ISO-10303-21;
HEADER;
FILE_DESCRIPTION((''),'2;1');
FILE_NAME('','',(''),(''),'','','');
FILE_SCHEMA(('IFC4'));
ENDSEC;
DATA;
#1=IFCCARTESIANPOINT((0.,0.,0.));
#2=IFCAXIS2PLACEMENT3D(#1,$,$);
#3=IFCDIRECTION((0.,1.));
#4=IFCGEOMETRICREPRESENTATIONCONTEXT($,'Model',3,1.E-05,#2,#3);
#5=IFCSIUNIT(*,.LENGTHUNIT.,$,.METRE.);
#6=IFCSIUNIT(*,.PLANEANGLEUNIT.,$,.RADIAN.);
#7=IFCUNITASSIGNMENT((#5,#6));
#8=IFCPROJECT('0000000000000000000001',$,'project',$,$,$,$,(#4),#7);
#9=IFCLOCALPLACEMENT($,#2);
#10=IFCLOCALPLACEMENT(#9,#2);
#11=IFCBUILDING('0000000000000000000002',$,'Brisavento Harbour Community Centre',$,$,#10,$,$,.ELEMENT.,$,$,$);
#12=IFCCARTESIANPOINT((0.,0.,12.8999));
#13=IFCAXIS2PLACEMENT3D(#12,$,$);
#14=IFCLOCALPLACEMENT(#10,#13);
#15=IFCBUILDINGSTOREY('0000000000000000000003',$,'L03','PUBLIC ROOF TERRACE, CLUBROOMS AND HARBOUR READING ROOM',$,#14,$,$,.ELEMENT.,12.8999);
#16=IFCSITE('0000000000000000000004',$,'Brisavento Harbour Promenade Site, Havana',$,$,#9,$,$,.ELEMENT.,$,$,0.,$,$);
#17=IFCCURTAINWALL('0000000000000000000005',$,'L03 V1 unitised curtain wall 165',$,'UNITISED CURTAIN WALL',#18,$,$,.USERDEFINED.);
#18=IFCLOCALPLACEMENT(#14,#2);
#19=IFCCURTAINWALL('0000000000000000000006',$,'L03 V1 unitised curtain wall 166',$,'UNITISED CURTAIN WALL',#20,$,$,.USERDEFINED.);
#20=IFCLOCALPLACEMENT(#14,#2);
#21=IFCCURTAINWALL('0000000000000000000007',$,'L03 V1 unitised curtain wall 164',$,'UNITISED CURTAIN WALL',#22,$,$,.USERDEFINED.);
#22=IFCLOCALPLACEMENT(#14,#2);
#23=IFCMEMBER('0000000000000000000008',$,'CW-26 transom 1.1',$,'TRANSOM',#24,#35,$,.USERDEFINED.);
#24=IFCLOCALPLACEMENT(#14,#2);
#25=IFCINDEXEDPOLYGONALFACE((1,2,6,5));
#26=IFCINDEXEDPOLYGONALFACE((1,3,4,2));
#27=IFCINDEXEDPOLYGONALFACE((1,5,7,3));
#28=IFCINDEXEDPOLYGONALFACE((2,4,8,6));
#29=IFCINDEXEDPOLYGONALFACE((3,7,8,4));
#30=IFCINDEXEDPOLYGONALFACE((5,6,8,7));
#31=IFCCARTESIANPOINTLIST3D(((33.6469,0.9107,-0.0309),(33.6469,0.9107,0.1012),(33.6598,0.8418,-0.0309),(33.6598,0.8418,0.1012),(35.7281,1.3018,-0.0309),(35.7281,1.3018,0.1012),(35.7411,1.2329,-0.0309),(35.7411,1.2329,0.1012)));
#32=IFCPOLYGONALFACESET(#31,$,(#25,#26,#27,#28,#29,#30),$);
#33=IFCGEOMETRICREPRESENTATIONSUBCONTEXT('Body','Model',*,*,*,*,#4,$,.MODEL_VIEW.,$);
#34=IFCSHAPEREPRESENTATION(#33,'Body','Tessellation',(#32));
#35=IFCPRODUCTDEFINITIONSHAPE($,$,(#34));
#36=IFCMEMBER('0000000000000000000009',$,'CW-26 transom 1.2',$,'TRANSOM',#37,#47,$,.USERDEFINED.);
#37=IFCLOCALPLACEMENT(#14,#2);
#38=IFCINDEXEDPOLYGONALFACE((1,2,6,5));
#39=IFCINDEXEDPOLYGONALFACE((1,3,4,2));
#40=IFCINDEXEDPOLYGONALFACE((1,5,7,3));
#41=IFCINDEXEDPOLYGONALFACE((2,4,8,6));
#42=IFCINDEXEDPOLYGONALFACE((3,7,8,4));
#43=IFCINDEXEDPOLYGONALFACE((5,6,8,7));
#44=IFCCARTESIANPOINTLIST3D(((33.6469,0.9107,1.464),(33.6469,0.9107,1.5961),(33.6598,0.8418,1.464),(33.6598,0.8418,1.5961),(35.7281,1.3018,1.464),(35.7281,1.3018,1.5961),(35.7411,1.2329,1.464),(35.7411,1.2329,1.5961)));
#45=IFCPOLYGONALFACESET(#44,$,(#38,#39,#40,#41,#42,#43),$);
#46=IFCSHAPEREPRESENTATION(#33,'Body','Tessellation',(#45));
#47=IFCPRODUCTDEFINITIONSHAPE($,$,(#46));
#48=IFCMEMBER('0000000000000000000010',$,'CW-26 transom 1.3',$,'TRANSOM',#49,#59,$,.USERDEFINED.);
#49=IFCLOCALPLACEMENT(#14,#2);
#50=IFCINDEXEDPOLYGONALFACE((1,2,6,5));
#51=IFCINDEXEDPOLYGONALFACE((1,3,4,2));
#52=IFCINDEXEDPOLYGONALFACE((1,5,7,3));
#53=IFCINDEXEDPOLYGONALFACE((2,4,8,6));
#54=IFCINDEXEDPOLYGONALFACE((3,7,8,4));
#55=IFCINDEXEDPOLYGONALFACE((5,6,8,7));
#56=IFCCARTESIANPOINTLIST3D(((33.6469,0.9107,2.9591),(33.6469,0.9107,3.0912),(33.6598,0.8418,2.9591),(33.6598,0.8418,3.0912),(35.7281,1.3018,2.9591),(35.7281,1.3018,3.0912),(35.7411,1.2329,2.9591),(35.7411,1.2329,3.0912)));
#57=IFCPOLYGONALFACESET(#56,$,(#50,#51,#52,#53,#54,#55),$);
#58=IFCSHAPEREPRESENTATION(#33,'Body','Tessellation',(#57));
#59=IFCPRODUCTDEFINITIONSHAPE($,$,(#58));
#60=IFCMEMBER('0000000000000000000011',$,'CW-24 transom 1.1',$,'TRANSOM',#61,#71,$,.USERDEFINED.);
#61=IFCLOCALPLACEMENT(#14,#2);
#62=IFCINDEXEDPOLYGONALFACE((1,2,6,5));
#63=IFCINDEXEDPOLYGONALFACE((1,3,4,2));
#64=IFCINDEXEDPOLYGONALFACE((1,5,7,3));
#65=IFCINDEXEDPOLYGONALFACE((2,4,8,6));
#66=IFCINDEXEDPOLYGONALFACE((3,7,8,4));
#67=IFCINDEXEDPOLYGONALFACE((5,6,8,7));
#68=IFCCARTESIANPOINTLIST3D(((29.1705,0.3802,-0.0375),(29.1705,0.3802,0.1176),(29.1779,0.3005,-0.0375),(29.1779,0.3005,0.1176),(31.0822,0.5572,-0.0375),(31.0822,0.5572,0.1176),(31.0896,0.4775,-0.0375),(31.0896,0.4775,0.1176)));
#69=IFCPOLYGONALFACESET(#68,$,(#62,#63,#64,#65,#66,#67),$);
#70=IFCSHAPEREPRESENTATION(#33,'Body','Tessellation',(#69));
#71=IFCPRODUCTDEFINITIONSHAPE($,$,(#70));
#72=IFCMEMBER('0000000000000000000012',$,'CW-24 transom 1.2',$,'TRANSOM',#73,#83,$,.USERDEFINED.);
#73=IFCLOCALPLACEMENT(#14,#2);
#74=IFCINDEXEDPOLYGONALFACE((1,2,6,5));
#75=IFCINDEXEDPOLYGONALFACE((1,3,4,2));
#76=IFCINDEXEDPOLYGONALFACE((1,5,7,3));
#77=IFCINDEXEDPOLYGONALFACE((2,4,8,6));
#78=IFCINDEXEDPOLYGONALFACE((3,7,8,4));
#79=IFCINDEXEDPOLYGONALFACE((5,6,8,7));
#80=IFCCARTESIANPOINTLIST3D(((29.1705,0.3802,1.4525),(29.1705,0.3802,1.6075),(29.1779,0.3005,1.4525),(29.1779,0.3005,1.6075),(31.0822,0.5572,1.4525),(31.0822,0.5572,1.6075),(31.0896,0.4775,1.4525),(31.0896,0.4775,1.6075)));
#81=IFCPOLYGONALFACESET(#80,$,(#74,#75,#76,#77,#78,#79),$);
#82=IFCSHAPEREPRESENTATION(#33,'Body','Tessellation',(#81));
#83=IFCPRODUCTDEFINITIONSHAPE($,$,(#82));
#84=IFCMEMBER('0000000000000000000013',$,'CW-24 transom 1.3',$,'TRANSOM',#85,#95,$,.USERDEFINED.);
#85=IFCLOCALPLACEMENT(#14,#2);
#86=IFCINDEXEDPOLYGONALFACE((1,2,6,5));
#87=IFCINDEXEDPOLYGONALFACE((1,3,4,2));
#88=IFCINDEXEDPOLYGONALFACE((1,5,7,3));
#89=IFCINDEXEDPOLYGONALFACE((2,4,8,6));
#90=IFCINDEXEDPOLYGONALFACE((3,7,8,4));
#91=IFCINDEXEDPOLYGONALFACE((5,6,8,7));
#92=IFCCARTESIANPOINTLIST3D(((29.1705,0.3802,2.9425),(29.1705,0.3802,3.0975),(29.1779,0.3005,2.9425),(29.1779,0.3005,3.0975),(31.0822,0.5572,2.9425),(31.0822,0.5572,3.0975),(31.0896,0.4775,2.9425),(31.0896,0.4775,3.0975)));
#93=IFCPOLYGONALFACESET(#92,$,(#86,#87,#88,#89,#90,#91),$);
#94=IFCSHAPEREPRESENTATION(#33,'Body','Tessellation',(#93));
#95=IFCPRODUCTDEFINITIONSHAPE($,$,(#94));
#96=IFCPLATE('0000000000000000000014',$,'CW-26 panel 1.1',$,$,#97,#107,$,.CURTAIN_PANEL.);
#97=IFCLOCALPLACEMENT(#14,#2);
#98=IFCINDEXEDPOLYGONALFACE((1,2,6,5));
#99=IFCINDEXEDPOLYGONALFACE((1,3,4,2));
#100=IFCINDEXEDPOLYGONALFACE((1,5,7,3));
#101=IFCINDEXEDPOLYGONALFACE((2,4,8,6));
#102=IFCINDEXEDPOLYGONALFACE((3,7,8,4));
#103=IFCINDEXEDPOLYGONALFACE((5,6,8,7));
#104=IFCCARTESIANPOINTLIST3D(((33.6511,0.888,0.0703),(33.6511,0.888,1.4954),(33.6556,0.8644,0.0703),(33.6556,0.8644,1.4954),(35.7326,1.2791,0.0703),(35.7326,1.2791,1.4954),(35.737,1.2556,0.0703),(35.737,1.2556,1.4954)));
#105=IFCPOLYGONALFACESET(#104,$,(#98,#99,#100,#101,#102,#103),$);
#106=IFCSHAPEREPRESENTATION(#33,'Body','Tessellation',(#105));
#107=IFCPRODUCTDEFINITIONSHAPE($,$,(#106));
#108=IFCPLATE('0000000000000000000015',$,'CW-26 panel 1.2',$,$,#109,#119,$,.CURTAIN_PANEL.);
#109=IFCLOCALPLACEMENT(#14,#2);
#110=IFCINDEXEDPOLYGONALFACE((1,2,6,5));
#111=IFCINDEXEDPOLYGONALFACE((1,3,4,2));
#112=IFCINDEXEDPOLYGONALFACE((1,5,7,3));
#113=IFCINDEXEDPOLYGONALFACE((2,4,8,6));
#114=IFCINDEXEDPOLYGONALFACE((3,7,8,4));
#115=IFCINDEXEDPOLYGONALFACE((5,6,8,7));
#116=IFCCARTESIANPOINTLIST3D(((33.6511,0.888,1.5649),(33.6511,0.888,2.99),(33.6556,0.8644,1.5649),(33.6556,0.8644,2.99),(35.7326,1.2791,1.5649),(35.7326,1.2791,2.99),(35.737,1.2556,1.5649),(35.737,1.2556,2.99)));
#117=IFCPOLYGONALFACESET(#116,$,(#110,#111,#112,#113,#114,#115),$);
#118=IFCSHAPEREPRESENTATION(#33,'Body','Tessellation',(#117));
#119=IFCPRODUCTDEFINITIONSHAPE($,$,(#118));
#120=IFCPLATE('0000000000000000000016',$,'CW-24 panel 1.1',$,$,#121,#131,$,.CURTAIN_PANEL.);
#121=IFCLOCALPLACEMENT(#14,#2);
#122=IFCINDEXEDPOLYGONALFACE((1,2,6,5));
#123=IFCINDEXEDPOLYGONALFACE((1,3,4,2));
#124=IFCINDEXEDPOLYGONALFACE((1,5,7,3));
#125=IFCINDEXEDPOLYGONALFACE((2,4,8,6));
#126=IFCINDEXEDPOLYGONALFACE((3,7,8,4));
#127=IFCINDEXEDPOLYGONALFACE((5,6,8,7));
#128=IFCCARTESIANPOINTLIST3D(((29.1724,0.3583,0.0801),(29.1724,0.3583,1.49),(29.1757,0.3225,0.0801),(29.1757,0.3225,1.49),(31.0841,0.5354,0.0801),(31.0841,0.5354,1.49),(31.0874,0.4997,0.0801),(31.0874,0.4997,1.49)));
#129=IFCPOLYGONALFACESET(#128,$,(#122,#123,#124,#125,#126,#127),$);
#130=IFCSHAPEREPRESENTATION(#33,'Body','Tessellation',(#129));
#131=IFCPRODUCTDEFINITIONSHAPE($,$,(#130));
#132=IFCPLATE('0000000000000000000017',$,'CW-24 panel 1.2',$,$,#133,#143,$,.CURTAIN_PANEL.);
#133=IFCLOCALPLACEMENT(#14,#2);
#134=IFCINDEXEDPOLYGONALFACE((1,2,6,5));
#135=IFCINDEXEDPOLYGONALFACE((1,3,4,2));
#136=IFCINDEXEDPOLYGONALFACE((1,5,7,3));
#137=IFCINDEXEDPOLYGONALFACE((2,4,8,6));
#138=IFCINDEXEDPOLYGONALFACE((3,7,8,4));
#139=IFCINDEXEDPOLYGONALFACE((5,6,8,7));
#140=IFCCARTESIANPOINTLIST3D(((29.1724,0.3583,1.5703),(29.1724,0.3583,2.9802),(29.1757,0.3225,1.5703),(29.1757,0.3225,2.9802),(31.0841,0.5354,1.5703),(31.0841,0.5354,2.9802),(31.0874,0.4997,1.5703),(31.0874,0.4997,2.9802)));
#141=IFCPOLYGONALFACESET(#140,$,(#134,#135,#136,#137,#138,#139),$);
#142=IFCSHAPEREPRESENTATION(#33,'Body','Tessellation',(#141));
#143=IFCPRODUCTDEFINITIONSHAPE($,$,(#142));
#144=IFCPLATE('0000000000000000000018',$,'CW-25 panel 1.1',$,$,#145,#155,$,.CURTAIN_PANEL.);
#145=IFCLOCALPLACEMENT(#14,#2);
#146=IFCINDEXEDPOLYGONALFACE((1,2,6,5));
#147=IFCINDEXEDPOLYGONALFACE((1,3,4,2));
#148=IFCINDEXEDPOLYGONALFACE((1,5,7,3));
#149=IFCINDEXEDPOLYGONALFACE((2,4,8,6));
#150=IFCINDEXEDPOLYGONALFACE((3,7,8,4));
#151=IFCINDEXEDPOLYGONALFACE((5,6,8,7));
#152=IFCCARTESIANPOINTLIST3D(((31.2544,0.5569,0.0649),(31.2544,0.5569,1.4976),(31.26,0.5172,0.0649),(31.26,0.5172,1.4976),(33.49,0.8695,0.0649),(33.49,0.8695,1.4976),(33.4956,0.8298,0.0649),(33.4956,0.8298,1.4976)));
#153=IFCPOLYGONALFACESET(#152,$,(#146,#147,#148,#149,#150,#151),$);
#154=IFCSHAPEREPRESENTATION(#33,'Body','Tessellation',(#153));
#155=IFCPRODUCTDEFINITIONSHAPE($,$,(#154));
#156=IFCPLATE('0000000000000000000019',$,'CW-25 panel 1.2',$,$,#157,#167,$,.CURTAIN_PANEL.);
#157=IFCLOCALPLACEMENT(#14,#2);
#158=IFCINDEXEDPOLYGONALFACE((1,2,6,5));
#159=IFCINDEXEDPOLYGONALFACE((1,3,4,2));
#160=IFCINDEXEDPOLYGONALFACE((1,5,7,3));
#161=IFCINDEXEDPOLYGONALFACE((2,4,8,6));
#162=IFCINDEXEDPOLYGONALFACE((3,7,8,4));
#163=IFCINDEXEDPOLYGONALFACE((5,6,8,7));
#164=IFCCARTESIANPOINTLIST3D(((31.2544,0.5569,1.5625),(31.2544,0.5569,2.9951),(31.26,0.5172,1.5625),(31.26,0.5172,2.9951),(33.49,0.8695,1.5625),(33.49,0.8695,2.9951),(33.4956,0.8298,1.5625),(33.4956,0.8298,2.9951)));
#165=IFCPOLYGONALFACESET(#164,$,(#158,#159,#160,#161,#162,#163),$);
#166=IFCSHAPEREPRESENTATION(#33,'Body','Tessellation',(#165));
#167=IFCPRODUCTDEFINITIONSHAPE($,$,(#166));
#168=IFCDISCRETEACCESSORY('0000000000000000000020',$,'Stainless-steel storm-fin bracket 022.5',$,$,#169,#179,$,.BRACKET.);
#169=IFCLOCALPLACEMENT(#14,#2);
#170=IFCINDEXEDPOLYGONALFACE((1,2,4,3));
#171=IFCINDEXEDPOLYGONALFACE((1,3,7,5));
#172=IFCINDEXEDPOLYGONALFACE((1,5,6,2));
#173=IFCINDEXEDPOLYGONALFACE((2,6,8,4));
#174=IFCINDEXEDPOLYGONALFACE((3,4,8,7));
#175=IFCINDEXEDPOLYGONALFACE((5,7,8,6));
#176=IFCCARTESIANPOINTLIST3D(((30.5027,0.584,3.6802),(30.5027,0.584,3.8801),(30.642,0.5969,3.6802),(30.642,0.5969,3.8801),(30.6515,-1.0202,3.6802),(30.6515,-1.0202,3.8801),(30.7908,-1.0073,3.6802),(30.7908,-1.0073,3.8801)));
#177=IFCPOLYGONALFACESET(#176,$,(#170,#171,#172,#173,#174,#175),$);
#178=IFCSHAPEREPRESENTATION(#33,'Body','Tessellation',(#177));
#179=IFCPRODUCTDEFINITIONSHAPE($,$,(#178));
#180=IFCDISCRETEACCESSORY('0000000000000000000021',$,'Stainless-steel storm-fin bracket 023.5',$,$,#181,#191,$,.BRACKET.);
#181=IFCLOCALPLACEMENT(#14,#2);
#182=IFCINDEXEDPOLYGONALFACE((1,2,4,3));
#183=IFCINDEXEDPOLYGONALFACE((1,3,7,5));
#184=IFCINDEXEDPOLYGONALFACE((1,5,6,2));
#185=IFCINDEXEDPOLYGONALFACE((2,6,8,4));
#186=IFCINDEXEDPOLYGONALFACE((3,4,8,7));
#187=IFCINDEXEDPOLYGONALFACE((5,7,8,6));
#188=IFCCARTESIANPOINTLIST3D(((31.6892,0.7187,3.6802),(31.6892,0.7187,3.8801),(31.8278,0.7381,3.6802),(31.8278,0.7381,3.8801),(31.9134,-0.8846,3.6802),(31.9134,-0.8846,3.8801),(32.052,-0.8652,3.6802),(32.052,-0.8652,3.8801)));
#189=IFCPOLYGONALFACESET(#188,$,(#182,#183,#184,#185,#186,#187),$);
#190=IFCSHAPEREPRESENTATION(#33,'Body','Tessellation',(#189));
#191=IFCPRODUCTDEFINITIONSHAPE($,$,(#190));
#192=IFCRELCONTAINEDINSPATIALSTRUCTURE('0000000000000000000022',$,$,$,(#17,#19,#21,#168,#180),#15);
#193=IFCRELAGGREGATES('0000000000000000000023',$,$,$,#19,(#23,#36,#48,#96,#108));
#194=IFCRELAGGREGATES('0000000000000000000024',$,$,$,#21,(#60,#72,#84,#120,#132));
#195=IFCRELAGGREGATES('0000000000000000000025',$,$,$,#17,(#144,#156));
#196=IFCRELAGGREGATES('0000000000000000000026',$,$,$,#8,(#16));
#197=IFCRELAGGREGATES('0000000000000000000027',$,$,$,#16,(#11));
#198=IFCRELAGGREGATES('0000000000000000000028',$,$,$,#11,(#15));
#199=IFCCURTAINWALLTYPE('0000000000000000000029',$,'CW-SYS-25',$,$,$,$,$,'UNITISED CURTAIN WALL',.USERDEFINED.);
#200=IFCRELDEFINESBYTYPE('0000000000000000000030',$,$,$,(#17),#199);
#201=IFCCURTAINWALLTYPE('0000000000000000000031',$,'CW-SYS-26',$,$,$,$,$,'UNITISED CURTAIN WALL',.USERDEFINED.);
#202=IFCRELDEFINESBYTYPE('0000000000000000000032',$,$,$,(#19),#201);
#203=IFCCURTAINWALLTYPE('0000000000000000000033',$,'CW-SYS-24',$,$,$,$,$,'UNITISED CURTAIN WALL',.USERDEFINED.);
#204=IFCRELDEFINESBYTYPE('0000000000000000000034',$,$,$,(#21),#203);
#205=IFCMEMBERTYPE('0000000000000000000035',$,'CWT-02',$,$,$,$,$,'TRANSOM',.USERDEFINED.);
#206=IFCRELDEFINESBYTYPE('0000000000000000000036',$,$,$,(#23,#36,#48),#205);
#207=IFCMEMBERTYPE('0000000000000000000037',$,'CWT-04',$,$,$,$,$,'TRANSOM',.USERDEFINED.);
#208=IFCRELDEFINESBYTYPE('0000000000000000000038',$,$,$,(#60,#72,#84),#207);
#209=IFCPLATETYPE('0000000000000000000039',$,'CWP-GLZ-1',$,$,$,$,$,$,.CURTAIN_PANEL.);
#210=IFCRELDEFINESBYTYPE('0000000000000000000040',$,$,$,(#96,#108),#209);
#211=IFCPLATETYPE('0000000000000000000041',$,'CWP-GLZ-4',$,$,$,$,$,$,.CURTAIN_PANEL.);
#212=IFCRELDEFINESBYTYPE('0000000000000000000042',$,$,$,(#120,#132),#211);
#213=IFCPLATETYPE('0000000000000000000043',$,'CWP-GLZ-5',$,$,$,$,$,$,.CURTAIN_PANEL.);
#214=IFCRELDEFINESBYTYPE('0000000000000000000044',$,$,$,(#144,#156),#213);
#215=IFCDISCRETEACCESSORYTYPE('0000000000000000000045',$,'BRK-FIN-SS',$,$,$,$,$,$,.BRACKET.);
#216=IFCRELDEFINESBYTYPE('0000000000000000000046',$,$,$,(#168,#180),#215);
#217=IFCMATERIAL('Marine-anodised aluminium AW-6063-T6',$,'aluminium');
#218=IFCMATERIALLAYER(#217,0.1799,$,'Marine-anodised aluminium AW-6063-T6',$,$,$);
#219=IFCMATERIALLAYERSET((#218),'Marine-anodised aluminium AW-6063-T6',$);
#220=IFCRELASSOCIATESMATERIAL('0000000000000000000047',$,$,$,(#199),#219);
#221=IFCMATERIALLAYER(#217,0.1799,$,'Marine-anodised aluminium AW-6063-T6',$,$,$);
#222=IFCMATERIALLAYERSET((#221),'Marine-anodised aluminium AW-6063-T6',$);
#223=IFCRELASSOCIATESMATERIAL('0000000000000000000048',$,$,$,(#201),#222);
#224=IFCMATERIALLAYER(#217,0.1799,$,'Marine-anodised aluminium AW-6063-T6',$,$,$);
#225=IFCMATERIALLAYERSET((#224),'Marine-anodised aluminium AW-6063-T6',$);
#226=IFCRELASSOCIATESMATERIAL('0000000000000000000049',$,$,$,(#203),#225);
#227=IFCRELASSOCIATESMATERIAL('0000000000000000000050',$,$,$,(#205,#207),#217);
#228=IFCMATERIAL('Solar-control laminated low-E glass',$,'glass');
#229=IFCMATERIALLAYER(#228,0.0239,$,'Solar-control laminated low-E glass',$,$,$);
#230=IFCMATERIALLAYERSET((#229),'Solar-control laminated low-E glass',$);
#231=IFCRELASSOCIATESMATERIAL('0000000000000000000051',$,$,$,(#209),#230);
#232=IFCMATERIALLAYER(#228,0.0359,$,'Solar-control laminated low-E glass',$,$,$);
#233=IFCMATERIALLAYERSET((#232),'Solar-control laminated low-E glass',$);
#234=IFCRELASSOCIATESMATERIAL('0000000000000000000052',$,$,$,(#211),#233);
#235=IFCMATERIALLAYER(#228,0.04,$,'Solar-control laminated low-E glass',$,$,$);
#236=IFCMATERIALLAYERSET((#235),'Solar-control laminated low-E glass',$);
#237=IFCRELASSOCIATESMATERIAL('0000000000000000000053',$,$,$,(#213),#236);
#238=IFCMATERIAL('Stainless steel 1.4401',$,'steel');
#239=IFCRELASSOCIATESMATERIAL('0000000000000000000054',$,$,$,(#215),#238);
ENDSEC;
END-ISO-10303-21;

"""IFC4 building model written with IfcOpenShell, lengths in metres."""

from ifc_helpers import new_model, si_unit, direction, frame, origin, origin_2d, place, context, subcontext, project, spatial, rectangle, extrude, material, layer, layer_set, material_profile, profile_set, type_object, element, aggregate, save


model = new_model("IFC4")

# Units and contexts
model_context = context("Model", 3, precision=1e-05, world=origin(), true_north=direction((0.0, 1.0)))
body_context = subcontext(model_context, "Body", "Model", "MODEL_VIEW")
ifc_project = project(units=[si_unit("LENGTHUNIT", "METRE"), si_unit("PLANEANGLEUNIT", "RADIAN")], contexts=[model_context])

# Site, building, storey
site_placement = place(None, origin())
site = spatial("IfcSite", under=ifc_project, at=site_placement, Name="Brisavento Harbour Promenade Site, Havana", CompositionType="ELEMENT", RefElevation=0.0)
building_placement = place(site_placement, origin())
building = spatial("IfcBuilding", under=site, at=building_placement, Name="Brisavento Harbour Community Centre", CompositionType="ELEMENT")
storey_placement = place(building_placement, frame((0.0, 0.0, 12.8999)))
storey = spatial("IfcBuildingStorey", under=building, at=storey_placement, Name="L03", Description="PUBLIC ROOF TERRACE, CLUBROOMS AND HARBOUR READING ROOM", CompositionType="ELEMENT", Elevation=12.8999)

# Curtain walls
ifc_material_1 = material(Name="Marine-anodised aluminium AW-6063-T6", Category="aluminium")
ifc_layer_1 = layer(ifc_material_1, 0.1799, Name="Marine-anodised aluminium AW-6063-T6")
ifc_layer_set_1 = layer_set([ifc_layer_1], Name="Marine-anodised aluminium AW-6063-T6")
curtain_wall_type_1 = type_object("IfcCurtainWallType", Name="CW-SYS-25", ElementType="UNITISED CURTAIN WALL", PredefinedType="USERDEFINED", material=ifc_layer_set_1)
curtain_wall_1_placement = place(storey_placement, origin())
curtain_wall_1 = element("IfcCurtainWall", 1, at=curtain_wall_1_placement, inside=storey, type_object=curtain_wall_type_1, Name="L03 V1 unitised curtain wall 165", ObjectType="UNITISED CURTAIN WALL", PredefinedType="USERDEFINED")
ifc_layer_2 = layer(ifc_material_1, 0.1799, Name="Marine-anodised aluminium AW-6063-T6")
ifc_layer_set_2 = layer_set([ifc_layer_2], Name="Marine-anodised aluminium AW-6063-T6")
curtain_wall_type_2 = type_object("IfcCurtainWallType", Name="CW-SYS-26", ElementType="UNITISED CURTAIN WALL", PredefinedType="USERDEFINED", material=ifc_layer_set_2)
curtain_wall_2_placement = place(storey_placement, origin())
curtain_wall_2 = element("IfcCurtainWall", 2, at=curtain_wall_2_placement, inside=storey, type_object=curtain_wall_type_2, Name="L03 V1 unitised curtain wall 166", ObjectType="UNITISED CURTAIN WALL", PredefinedType="USERDEFINED")

# Curtain wall
ifc_layer_3 = layer(ifc_material_1, 0.1799, Name="Marine-anodised aluminium AW-6063-T6")
ifc_layer_set_3 = layer_set([ifc_layer_3], Name="Marine-anodised aluminium AW-6063-T6")
curtain_wall_type_3 = type_object("IfcCurtainWallType", Name="CW-SYS-24", ElementType="UNITISED CURTAIN WALL", PredefinedType="USERDEFINED", material=ifc_layer_set_3)
curtain_wall_3_placement = place(storey_placement, origin())
curtain_wall_3 = element("IfcCurtainWall", 3, at=curtain_wall_3_placement, inside=storey, type_object=curtain_wall_type_3, Name="L03 V1 unitised curtain wall 164", ObjectType="UNITISED CURTAIN WALL", PredefinedType="USERDEFINED")

# Members
ifc_material_profile_1 = material_profile(ifc_material_1, rectangle(XDim=0.0701, YDim=0.1321, at=origin_2d()), Name="Marine-anodised aluminium AW-6063-T6")
ifc_profile_set_1 = profile_set([ifc_material_profile_1], Name="Marine-anodised aluminium AW-6063-T6")
member_type_1 = type_object("IfcMemberType", Name="CWT-02", ElementType="TRANSOM", PredefinedType="USERDEFINED", material=ifc_profile_set_1)
member_1_placement = place(storey_placement, frame((35.7346, 1.2673, 0.0352), z_axis=(-0.982798, -0.184685, 0.0), x_axis=(0.184685, -0.982798, 0.0)))
member_1 = element("IfcMember", 4, at=member_1_placement, type_object=member_type_1, Name="CW-26 transom 1.1", ObjectType="TRANSOM", PredefinedType="USERDEFINED", context=body_context, shape_type="SweptSolid", body=[
    extrude(rectangle(XDim=0.0701, YDim=0.1321, at=origin_2d()), origin(), (0.0, 0.0, 1.0), 2.1177),
])
member_2_placement = place(storey_placement, frame((35.7346, 1.2673, 1.53), z_axis=(-0.982798, -0.184685, 0.0), x_axis=(0.184685, -0.982798, 0.0)))
member_2 = element("IfcMember", 5, at=member_2_placement, type_object=member_type_1, Name="CW-26 transom 1.2", ObjectType="TRANSOM", PredefinedType="USERDEFINED", context=body_context, shape_type="SweptSolid", body=[
    extrude(rectangle(XDim=0.0701, YDim=0.1321, at=origin_2d()), origin(), (0.0, 0.0, 1.0), 2.1177),
])
member_3_placement = place(storey_placement, frame((35.7346, 1.2673, 3.0251), z_axis=(-0.982798, -0.184685, 0.0), x_axis=(0.184685, -0.982798, 0.0)))
member_3 = element("IfcMember", 6, at=member_3_placement, type_object=member_type_1, Name="CW-26 transom 1.3", ObjectType="TRANSOM", PredefinedType="USERDEFINED", context=body_context, shape_type="SweptSolid", body=[
    extrude(rectangle(XDim=0.0701, YDim=0.1321, at=origin_2d()), origin(), (0.0, 0.0, 1.0), 2.1177),
])
ifc_material_profile_2 = material_profile(ifc_material_1, rectangle(XDim=0.0801, YDim=0.155, at=origin_2d()), Name="Marine-anodised aluminium AW-6063-T6")
ifc_profile_set_2 = profile_set([ifc_material_profile_2], Name="Marine-anodised aluminium AW-6063-T6")
member_type_2 = type_object("IfcMemberType", Name="CWT-04", ElementType="TRANSOM", PredefinedType="USERDEFINED", material=ifc_profile_set_2)
member_4_placement = place(storey_placement, frame((31.0859, 0.5173, 0.04), z_axis=(-0.995742, -0.092187, 0.0), x_axis=(0.092187, -0.995742, 0.0)))
member_4 = element("IfcMember", 7, at=member_4_placement, type_object=member_type_2, Name="CW-24 transom 1.1", ObjectType="TRANSOM", PredefinedType="USERDEFINED", context=body_context, shape_type="SweptSolid", body=[
    extrude(rectangle(XDim=0.0801, YDim=0.155, at=origin_2d()), origin(), (0.0, 0.0, 1.0), 1.9199),
])
member_5_placement = place(storey_placement, frame((31.0859, 0.5173, 1.53), z_axis=(-0.995742, -0.092187, 0.0), x_axis=(0.092187, -0.995742, 0.0)))
member_5 = element("IfcMember", 8, at=member_5_placement, type_object=member_type_2, Name="CW-24 transom 1.2", ObjectType="TRANSOM", PredefinedType="USERDEFINED", context=body_context, shape_type="SweptSolid", body=[
    extrude(rectangle(XDim=0.0801, YDim=0.155, at=origin_2d()), origin(), (0.0, 0.0, 1.0), 1.9199),
])
member_6_placement = place(storey_placement, frame((31.0859, 0.5173, 3.02), z_axis=(-0.995742, -0.092187, 0.0), x_axis=(0.092187, -0.995742, 0.0)))
member_6 = element("IfcMember", 9, at=member_6_placement, type_object=member_type_2, Name="CW-24 transom 1.3", ObjectType="TRANSOM", PredefinedType="USERDEFINED", context=body_context, shape_type="SweptSolid", body=[
    extrude(rectangle(XDim=0.0801, YDim=0.155, at=origin_2d()), origin(), (0.0, 0.0, 1.0), 1.9199),
])

# Plates
ifc_material_2 = material(Name="Solar-control laminated low-E glass", Category="glass")
ifc_layer_4 = layer(ifc_material_2, 0.0239, Name="Solar-control laminated low-E glass")
ifc_layer_set_4 = layer_set([ifc_layer_4], Name="Solar-control laminated low-E glass")
plate_type_1 = type_object("IfcPlateType", Name="CWP-GLZ-1", PredefinedType="CURTAIN_PANEL", material=ifc_layer_set_4)
plate_1_placement = place(storey_placement, frame((34.6941, 1.0718, 0.0703), z_axis=(0.0, 0.0, 1.0), x_axis=(-0.982797, -0.18469, 0.0)))
plate_1 = element("IfcPlate", 10, at=plate_1_placement, type_object=plate_type_1, Name="CW-26 panel 1.1", PredefinedType="CURTAIN_PANEL", context=body_context, shape_type="SweptSolid", body=[
    extrude(rectangle(XDim=2.1179, YDim=0.0239, at=origin_2d()), origin(), (0.0, 0.0, 1.0), 1.425),
])
plate_2_placement = place(storey_placement, frame((34.6941, 1.0718, 1.5649), z_axis=(0.0, 0.0, 1.0), x_axis=(-0.982797, -0.18469, 0.0)))
plate_2 = element("IfcPlate", 11, at=plate_2_placement, type_object=plate_type_1, Name="CW-26 panel 1.2", PredefinedType="CURTAIN_PANEL", context=body_context, shape_type="SweptSolid", body=[
    extrude(rectangle(XDim=2.1179, YDim=0.0239, at=origin_2d()), origin(), (0.0, 0.0, 1.0), 1.425),
])
aggregate(curtain_wall_2, [member_1, member_2, member_3, plate_1, plate_2])
ifc_layer_5 = layer(ifc_material_2, 0.0359, Name="Solar-control laminated low-E glass")
ifc_layer_set_5 = layer_set([ifc_layer_5], Name="Solar-control laminated low-E glass")
plate_type_2 = type_object("IfcPlateType", Name="CWP-GLZ-4", PredefinedType="CURTAIN_PANEL", material=ifc_layer_set_5)
plate_3_placement = place(storey_placement, frame((30.1299, 0.429, 0.0801), z_axis=(0.0, 0.0, 1.0), x_axis=(-0.995735, -0.092261, 0.0)))
plate_3 = element("IfcPlate", 12, at=plate_3_placement, type_object=plate_type_2, Name="CW-24 panel 1.1", PredefinedType="CURTAIN_PANEL", context=body_context, shape_type="SweptSolid", body=[
    extrude(rectangle(XDim=1.9199, YDim=0.0359, at=origin_2d()), origin(), (0.0, 0.0, 1.0), 1.4099),
])
plate_4_placement = place(storey_placement, frame((30.1299, 0.429, 1.5703), z_axis=(0.0, 0.0, 1.0), x_axis=(-0.995735, -0.092261, 0.0)))
plate_4 = element("IfcPlate", 13, at=plate_4_placement, type_object=plate_type_2, Name="CW-24 panel 1.2", PredefinedType="CURTAIN_PANEL", context=body_context, shape_type="SweptSolid", body=[
    extrude(rectangle(XDim=1.9199, YDim=0.0359, at=origin_2d()), origin(), (0.0, 0.0, 1.0), 1.4099),
])
aggregate(curtain_wall_3, [member_4, member_5, member_6, plate_3, plate_4])
ifc_layer_6 = layer(ifc_material_2, 0.04, Name="Solar-control laminated low-E glass")
ifc_layer_set_6 = layer_set([ifc_layer_6], Name="Solar-control laminated low-E glass")
plate_type_3 = type_object("IfcPlateType", Name="CWP-GLZ-5", PredefinedType="CURTAIN_PANEL", material=ifc_layer_set_6)
plate_5_placement = place(storey_placement, frame((32.375, 0.6934, 0.0649), z_axis=(0.0, 0.0, 1.0), x_axis=(-0.990366, -0.138477, 0.0)))
plate_5 = element("IfcPlate", 14, at=plate_5_placement, type_object=plate_type_3, Name="CW-25 panel 1.1", PredefinedType="CURTAIN_PANEL", context=body_context, shape_type="SweptSolid", body=[
    extrude(rectangle(XDim=2.2573, YDim=0.04, at=origin_2d()), origin(), (0.0, 0.0, 1.0), 1.4326),
])
plate_6_placement = place(storey_placement, frame((32.375, 0.6934, 1.5625), z_axis=(0.0, 0.0, 1.0), x_axis=(-0.990366, -0.138477, 0.0)))
plate_6 = element("IfcPlate", 15, at=plate_6_placement, type_object=plate_type_3, Name="CW-25 panel 1.2", PredefinedType="CURTAIN_PANEL", context=body_context, shape_type="SweptSolid", body=[
    extrude(rectangle(XDim=2.2573, YDim=0.04, at=origin_2d()), origin(), (0.0, 0.0, 1.0), 1.4326),
])
aggregate(curtain_wall_1, [plate_5, plate_6])

# Discrete accessories
ifc_material_3 = material(Name="Stainless steel 1.4401", Category="steel")
discrete_accessory_type = type_object("IfcDiscreteAccessoryType", Name="BRK-FIN-SS", PredefinedType="BRACKET", material=ifc_material_3)
discrete_accessory_1_placement = place(storey_placement, frame((30.6467, -0.2117, 3.6802), z_axis=(0.0, 0.0, 1.0), x_axis=(0.092336, -0.995728, 0.0)))
element("IfcDiscreteAccessory", 16, at=discrete_accessory_1_placement, inside=storey, type_object=discrete_accessory_type, Name="Stainless-steel storm-fin bracket 022.5", PredefinedType="BRACKET", context=body_context, shape_type="SweptSolid", body=[
    extrude(rectangle(XDim=1.6111, YDim=0.1399, at=origin_2d()), origin(), (0.0, 0.0, 1.0), 0.2),
])
discrete_accessory_2_placement = place(storey_placement, frame((31.8706, -0.0732, 3.6802), z_axis=(0.0, 0.0, 1.0), x_axis=(0.138499, -0.990363, 0.0)))
element("IfcDiscreteAccessory", 17, at=discrete_accessory_2_placement, inside=storey, type_object=discrete_accessory_type, Name="Stainless-steel storm-fin bracket 023.5", PredefinedType="BRACKET", context=body_context, shape_type="SweptSolid", body=[
    extrude(rectangle(XDim=1.6189, YDim=0.1399, at=origin_2d()), origin(), (0.0, 0.0, 1.0), 0.2),
])

save(model, "model.ifc")
